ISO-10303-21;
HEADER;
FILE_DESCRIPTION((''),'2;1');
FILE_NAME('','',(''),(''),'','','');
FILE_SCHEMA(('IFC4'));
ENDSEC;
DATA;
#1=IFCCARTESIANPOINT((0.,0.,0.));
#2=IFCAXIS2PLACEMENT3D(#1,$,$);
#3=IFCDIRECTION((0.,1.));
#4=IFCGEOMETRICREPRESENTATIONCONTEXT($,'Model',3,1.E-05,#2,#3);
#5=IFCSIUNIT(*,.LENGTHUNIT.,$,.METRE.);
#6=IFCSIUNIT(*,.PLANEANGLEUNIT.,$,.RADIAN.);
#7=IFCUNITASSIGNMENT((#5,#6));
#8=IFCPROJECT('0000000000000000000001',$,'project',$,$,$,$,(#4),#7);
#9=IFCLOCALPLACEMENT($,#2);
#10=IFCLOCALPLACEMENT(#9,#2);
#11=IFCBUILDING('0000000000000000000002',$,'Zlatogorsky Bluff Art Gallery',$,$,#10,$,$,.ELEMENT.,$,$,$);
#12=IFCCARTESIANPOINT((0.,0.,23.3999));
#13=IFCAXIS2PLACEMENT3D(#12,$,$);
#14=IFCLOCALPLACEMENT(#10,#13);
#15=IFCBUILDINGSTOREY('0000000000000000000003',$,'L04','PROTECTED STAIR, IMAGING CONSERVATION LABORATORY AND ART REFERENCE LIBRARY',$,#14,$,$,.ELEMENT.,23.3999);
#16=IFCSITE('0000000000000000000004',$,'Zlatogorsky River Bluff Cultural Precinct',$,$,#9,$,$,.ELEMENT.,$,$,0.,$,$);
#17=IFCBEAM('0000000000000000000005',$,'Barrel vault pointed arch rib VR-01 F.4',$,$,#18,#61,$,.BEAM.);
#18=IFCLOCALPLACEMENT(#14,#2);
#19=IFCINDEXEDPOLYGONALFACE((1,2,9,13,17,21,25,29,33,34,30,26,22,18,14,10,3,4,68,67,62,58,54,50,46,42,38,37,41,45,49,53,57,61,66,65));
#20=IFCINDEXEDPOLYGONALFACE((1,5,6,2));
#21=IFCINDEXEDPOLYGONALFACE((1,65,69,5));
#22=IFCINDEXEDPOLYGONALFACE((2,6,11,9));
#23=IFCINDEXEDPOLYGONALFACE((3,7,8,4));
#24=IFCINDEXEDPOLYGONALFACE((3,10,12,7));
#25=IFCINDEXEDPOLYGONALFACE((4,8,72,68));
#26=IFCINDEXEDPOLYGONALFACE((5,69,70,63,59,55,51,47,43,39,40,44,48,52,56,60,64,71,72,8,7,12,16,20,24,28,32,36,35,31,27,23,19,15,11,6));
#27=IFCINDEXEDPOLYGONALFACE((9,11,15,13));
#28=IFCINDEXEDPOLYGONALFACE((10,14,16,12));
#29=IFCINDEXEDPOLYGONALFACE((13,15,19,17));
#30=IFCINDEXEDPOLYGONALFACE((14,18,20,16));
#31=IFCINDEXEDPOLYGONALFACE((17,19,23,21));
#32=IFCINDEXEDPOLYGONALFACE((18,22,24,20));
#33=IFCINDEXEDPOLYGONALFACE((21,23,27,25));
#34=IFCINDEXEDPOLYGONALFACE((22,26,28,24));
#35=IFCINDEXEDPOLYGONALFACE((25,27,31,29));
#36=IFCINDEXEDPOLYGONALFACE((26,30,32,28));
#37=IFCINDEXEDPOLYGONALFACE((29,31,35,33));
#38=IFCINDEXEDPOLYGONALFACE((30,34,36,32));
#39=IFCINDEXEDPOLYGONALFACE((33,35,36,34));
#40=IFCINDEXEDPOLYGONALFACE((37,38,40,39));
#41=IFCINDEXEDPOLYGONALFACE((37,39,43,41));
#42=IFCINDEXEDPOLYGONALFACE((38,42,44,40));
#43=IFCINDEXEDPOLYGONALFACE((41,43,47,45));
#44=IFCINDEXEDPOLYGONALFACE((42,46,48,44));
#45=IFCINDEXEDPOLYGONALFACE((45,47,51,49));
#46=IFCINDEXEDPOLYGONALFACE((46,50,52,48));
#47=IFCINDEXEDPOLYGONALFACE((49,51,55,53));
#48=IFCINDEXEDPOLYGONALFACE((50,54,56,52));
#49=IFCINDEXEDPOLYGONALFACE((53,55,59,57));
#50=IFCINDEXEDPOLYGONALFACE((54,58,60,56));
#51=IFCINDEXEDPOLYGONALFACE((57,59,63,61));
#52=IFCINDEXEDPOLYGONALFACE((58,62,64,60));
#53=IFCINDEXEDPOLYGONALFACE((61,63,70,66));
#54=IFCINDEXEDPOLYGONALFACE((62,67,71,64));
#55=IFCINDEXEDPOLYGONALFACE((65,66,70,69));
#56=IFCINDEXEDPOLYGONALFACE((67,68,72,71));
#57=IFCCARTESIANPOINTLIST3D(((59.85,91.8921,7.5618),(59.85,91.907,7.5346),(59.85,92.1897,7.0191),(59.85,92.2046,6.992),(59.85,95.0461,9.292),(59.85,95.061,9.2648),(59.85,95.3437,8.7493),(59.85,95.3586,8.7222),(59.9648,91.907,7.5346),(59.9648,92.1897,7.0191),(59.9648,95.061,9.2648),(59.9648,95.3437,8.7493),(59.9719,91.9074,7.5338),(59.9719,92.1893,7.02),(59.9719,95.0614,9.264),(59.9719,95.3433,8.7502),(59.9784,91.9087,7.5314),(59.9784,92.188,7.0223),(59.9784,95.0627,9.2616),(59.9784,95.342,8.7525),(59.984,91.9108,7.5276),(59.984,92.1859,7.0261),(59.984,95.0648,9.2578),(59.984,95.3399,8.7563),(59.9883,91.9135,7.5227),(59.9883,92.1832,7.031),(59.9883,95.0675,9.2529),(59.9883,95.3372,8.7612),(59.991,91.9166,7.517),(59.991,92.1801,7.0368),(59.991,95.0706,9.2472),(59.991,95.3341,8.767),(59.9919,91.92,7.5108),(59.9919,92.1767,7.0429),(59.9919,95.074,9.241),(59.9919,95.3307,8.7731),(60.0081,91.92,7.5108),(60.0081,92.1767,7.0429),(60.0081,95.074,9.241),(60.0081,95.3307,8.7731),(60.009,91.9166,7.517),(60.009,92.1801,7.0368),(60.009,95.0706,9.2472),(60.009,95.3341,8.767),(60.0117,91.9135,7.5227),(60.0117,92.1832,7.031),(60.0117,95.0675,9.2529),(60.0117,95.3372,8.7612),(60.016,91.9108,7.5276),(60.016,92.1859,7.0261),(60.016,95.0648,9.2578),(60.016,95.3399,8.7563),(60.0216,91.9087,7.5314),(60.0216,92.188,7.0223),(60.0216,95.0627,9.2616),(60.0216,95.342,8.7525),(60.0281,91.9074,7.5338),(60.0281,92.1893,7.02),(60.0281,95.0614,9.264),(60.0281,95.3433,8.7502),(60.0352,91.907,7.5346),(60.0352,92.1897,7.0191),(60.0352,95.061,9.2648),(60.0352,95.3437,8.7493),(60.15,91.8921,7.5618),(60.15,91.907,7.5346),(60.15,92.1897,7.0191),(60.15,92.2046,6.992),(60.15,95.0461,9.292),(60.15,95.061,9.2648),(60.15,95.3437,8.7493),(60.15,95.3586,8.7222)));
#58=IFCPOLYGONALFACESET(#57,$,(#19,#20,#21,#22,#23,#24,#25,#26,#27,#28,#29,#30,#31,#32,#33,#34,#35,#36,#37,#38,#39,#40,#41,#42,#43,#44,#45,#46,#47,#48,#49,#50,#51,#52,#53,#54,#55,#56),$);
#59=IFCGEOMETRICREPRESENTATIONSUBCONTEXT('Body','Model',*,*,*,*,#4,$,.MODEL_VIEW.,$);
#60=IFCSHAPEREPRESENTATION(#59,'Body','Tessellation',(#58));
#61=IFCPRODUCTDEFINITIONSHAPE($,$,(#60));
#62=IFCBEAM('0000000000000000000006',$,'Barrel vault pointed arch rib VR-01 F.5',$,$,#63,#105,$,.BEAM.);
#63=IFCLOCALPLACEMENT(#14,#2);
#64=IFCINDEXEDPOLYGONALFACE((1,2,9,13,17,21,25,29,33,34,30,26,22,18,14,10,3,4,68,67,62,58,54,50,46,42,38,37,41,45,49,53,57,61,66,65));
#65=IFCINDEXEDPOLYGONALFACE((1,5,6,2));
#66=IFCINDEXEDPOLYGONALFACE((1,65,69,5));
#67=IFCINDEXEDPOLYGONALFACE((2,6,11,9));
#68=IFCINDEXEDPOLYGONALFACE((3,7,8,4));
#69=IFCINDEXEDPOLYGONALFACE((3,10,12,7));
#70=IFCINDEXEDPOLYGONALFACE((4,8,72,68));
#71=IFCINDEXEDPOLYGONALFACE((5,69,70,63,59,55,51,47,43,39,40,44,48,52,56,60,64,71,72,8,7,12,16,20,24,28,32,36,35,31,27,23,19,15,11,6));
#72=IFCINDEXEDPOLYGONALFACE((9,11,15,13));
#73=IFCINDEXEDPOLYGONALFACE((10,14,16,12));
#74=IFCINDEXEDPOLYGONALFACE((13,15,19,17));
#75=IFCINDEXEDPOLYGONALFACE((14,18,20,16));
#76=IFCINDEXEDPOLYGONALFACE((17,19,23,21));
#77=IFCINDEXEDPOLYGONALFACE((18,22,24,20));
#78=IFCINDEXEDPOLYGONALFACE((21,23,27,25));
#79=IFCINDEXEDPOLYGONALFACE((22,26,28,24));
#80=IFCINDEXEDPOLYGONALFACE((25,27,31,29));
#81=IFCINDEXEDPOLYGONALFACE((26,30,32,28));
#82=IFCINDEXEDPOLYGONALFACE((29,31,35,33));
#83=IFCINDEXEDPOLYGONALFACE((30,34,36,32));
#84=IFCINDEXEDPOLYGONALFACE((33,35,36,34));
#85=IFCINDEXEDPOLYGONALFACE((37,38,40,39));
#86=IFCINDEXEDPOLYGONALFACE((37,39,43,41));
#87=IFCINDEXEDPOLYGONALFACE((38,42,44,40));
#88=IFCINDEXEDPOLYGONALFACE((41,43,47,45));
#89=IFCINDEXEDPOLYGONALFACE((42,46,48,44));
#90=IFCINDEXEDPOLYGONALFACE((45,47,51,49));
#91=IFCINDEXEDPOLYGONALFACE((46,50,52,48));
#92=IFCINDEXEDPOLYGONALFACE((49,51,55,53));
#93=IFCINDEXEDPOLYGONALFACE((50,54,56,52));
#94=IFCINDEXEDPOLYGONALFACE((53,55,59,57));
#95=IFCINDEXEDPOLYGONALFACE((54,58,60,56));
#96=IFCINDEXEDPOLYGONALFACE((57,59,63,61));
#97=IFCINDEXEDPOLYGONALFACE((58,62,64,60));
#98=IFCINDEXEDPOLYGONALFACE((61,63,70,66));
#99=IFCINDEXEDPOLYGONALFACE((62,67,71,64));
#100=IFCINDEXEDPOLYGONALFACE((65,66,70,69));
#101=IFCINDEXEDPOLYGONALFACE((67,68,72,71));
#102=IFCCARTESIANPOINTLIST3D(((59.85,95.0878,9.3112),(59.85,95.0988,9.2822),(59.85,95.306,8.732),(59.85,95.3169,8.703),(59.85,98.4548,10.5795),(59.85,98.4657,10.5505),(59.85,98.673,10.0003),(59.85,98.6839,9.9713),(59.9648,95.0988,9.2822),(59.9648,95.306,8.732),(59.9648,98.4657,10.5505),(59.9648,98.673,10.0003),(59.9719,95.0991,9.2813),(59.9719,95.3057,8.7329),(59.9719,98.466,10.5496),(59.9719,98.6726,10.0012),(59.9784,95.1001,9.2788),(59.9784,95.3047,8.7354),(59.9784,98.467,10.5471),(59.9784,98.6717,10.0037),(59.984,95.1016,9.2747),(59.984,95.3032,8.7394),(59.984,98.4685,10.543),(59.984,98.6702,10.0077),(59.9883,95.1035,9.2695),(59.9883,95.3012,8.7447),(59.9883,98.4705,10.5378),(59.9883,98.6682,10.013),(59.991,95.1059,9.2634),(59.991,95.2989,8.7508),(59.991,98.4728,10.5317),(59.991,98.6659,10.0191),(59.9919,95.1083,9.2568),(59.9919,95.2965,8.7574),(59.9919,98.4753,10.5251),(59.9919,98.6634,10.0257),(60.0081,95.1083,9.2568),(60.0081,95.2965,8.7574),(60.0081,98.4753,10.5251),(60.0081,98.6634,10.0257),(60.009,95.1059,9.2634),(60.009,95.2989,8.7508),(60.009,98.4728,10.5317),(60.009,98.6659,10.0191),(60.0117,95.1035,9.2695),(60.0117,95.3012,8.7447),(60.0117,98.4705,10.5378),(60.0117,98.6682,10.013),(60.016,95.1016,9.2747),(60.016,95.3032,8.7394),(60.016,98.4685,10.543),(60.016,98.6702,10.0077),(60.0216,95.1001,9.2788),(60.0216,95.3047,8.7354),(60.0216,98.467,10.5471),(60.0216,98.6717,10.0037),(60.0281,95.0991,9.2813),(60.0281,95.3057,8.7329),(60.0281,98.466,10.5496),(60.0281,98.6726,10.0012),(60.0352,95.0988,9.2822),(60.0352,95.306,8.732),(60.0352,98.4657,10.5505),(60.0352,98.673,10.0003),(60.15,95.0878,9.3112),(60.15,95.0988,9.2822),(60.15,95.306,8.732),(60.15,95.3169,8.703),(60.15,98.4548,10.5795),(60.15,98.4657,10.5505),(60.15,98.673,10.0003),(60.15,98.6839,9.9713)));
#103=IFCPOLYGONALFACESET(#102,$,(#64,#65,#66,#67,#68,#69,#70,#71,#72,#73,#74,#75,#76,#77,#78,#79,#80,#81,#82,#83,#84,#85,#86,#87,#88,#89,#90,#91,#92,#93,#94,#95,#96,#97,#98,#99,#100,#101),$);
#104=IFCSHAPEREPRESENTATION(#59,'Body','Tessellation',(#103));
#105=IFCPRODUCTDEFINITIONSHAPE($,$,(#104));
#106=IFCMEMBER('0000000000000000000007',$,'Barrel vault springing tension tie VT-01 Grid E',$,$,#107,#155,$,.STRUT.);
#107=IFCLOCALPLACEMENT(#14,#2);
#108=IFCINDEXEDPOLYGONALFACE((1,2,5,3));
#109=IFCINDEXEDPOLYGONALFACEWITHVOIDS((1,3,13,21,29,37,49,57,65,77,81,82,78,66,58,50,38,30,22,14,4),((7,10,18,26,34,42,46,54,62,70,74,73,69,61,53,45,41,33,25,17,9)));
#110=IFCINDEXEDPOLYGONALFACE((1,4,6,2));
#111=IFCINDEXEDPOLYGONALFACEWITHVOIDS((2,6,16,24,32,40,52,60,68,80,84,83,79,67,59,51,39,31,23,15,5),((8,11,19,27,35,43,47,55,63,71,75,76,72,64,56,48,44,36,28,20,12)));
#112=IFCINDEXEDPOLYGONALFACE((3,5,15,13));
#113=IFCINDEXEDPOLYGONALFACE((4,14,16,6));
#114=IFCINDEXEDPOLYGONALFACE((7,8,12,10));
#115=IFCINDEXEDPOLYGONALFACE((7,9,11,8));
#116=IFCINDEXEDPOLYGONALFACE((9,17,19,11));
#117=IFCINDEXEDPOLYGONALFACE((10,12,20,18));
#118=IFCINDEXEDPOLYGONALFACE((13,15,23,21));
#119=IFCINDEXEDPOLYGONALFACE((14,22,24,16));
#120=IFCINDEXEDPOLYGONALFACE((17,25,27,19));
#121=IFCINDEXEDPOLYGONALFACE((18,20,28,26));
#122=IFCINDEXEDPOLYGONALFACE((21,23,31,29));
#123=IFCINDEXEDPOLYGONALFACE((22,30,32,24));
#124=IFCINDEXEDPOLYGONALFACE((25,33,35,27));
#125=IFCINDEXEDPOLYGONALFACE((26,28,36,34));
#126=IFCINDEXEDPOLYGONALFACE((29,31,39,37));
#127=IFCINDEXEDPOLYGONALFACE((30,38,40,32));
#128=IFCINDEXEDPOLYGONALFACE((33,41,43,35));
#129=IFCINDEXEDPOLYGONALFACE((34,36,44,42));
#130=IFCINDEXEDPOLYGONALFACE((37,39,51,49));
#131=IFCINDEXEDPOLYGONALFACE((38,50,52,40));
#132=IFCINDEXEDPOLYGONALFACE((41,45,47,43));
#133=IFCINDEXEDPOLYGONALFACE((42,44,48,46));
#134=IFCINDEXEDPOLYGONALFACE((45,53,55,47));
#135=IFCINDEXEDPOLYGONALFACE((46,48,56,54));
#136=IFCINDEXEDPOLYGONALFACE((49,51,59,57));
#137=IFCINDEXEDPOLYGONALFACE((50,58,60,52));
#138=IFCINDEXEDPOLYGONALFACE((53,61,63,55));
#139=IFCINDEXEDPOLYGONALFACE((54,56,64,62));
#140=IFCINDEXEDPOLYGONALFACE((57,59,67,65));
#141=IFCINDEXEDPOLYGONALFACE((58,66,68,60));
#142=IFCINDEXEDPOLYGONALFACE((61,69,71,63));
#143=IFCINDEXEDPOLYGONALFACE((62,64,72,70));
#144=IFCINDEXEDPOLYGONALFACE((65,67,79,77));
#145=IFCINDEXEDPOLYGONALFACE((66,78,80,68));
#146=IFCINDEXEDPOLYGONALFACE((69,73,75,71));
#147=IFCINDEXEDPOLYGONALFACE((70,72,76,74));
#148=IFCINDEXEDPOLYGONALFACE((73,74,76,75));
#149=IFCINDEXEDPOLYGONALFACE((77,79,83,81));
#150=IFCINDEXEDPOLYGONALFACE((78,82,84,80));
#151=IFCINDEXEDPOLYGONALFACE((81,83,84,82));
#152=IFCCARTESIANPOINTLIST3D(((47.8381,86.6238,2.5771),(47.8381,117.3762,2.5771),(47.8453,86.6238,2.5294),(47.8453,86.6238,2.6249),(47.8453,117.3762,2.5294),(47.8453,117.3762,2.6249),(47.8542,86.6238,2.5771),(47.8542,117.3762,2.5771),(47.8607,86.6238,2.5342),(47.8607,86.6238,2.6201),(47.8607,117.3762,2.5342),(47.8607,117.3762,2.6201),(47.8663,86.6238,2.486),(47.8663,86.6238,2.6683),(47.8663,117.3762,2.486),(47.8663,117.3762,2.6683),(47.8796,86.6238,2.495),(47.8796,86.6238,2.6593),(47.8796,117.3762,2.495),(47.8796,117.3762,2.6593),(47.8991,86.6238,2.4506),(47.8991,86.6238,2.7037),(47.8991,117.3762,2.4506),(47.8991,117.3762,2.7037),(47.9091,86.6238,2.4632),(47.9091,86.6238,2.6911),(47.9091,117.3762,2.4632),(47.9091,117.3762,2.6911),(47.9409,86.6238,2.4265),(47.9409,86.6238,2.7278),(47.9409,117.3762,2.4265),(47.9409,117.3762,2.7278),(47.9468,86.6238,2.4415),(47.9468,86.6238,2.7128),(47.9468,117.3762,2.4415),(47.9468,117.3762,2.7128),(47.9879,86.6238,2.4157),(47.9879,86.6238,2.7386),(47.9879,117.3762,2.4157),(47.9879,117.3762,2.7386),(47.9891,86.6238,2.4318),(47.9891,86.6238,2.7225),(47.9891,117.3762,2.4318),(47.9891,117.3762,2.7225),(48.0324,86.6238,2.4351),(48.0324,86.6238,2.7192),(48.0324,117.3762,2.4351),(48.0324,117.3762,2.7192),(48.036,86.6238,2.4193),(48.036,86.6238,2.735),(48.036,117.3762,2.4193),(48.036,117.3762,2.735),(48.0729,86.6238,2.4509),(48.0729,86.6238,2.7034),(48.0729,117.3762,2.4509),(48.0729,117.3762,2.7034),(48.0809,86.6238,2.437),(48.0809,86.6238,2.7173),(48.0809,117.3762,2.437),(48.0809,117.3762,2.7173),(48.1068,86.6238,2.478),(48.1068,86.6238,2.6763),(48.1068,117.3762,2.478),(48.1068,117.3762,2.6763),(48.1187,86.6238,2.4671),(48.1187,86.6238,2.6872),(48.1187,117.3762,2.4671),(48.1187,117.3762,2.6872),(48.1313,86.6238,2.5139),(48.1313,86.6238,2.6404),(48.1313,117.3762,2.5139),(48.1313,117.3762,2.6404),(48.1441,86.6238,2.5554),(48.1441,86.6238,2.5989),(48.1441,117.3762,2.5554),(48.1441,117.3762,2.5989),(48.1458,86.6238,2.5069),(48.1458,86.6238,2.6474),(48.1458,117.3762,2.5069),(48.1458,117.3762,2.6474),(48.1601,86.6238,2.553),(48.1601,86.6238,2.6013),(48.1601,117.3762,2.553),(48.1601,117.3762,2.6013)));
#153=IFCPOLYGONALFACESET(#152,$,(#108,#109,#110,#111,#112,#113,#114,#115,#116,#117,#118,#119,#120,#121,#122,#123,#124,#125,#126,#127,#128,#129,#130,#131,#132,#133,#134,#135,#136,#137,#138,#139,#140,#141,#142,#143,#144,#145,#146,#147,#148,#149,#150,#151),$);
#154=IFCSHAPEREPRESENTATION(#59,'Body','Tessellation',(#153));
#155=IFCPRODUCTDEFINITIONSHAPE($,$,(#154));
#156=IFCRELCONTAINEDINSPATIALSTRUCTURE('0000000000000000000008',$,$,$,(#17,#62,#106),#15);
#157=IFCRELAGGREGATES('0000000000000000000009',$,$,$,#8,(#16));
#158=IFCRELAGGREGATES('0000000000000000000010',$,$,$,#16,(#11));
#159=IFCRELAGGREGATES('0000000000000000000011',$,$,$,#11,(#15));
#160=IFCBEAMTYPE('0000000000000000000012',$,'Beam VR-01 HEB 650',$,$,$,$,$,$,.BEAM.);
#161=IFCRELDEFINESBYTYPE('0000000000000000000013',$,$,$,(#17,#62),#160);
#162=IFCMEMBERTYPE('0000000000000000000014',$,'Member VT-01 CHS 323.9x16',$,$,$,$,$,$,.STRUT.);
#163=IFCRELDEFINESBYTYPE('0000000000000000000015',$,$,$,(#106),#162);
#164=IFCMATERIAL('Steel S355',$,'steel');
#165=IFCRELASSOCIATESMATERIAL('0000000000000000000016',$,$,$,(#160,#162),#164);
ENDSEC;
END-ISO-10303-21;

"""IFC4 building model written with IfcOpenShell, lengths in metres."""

from ifc_helpers import new_model, si_unit, direction, frame, origin, origin_2d, place, context, subcontext, project, spatial, hollow_circle, i_section, extrude, material, material_profile, profile_set, type_object, element, save


model = new_model("IFC4")

# Units and contexts
model_context = context("Model", 3, precision=1e-05, world=origin(), true_north=direction((0.0, 1.0)))
body_context = subcontext(model_context, "Body", "Model", "MODEL_VIEW")
ifc_project = project(units=[si_unit("LENGTHUNIT", "METRE"), si_unit("PLANEANGLEUNIT", "RADIAN")], contexts=[model_context])

# Site, building, storey
site_placement = place(None, origin())
site = spatial("IfcSite", under=ifc_project, at=site_placement, Name="Zlatogorsky River Bluff Cultural Precinct", CompositionType="ELEMENT", RefElevation=0.0)
building_placement = place(site_placement, origin())
building = spatial("IfcBuilding", under=site, at=building_placement, Name="Zlatogorsky Bluff Art Gallery", CompositionType="ELEMENT")
storey_placement = place(building_placement, frame((0.0, 0.0, 23.3999)))
storey = spatial("IfcBuildingStorey", under=building, at=storey_placement, Name="L04", Description="PROTECTED STAIR, IMAGING CONSERVATION LABORATORY AND ART REFERENCE LIBRARY", CompositionType="ELEMENT", Elevation=23.3999)

# Beams
ifc_material_1 = material(Name="Steel S355", Category="steel")
ifc_material_profile_1 = material_profile(ifc_material_1, i_section(OverallWidth=0.3, OverallDepth=0.6499, WebThickness=0.0161, FlangeThickness=0.031, FilletRadius=0.0271, at=origin_2d()), Name="HEB 650")
ifc_profile_set_1 = profile_set([ifc_material_profile_1], Name="Steel S355")
beam_type_1 = type_object("IfcBeamType", Name="Beam VR-01 HEB 650", PredefinedType="BEAM", material=ifc_profile_set_1)
beam_1_placement = place(storey_placement, frame((60.0, 92.0483, 7.2769), z_axis=(0.0, 0.876744, 0.480957), x_axis=(-1.0, 0.0, 0.0)))
element("IfcBeam", 1, at=beam_1_placement, inside=storey, type_object=beam_type_1, Name="Barrel vault pointed arch rib VR-01 F.4", PredefinedType="BEAM", context=body_context, shape_type="SweptSolid", body=[
    extrude(i_section(OverallWidth=0.3, OverallDepth=0.6499, WebThickness=0.0161, FlangeThickness=0.031, FilletRadius=0.0271, at=origin_2d()), origin(), (0.0, 0.0, 1.0), 3.5974),
])
beam_2_placement = place(storey_placement, frame((60.0, 95.2024, 9.0071), z_axis=(0.0, 0.935807, 0.352514), x_axis=(-1.0, 0.0, 0.0)))
element("IfcBeam", 2, at=beam_2_placement, inside=storey, type_object=beam_type_1, Name="Barrel vault pointed arch rib VR-01 F.5", PredefinedType="BEAM", context=body_context, shape_type="SweptSolid", body=[
    extrude(i_section(OverallWidth=0.3, OverallDepth=0.6499, WebThickness=0.0161, FlangeThickness=0.031, FilletRadius=0.0271, at=origin_2d()), origin(), (0.0, 0.0, 1.0), 3.5979),
])

# Member
ifc_material_profile_2 = material_profile(ifc_material_1, hollow_circle(Radius=0.1619, WallThickness=0.0161, at=origin_2d()), Name="CHS 323.9x16")
ifc_profile_set_2 = profile_set([ifc_material_profile_2], Name="Steel S355")
member_type = type_object("IfcMemberType", Name="Member VT-01 CHS 323.9x16", PredefinedType="STRUT", material=ifc_profile_set_2)
for number, where, z_axis, x_axis, name in (
    (3, (48.0, 86.6238, 2.5771), (0.0, 1.0, 0.0), (-1.0, 0.0, 0.0), "Barrel vault springing tension tie VT-01 Grid E"),
):
    element("IfcMember", number, at=place(storey_placement, frame(where, z_axis=z_axis, x_axis=x_axis)), inside=storey, type_object=member_type, Name=name, PredefinedType="STRUT", context=body_context, shape_type="SweptSolid", body=[
        extrude(hollow_circle(Radius=0.1619, WallThickness=0.0161, at=origin_2d()), origin(), (0.0, 0.0, 1.0), 30.7524),
    ])

save(model, "model.ifc")
